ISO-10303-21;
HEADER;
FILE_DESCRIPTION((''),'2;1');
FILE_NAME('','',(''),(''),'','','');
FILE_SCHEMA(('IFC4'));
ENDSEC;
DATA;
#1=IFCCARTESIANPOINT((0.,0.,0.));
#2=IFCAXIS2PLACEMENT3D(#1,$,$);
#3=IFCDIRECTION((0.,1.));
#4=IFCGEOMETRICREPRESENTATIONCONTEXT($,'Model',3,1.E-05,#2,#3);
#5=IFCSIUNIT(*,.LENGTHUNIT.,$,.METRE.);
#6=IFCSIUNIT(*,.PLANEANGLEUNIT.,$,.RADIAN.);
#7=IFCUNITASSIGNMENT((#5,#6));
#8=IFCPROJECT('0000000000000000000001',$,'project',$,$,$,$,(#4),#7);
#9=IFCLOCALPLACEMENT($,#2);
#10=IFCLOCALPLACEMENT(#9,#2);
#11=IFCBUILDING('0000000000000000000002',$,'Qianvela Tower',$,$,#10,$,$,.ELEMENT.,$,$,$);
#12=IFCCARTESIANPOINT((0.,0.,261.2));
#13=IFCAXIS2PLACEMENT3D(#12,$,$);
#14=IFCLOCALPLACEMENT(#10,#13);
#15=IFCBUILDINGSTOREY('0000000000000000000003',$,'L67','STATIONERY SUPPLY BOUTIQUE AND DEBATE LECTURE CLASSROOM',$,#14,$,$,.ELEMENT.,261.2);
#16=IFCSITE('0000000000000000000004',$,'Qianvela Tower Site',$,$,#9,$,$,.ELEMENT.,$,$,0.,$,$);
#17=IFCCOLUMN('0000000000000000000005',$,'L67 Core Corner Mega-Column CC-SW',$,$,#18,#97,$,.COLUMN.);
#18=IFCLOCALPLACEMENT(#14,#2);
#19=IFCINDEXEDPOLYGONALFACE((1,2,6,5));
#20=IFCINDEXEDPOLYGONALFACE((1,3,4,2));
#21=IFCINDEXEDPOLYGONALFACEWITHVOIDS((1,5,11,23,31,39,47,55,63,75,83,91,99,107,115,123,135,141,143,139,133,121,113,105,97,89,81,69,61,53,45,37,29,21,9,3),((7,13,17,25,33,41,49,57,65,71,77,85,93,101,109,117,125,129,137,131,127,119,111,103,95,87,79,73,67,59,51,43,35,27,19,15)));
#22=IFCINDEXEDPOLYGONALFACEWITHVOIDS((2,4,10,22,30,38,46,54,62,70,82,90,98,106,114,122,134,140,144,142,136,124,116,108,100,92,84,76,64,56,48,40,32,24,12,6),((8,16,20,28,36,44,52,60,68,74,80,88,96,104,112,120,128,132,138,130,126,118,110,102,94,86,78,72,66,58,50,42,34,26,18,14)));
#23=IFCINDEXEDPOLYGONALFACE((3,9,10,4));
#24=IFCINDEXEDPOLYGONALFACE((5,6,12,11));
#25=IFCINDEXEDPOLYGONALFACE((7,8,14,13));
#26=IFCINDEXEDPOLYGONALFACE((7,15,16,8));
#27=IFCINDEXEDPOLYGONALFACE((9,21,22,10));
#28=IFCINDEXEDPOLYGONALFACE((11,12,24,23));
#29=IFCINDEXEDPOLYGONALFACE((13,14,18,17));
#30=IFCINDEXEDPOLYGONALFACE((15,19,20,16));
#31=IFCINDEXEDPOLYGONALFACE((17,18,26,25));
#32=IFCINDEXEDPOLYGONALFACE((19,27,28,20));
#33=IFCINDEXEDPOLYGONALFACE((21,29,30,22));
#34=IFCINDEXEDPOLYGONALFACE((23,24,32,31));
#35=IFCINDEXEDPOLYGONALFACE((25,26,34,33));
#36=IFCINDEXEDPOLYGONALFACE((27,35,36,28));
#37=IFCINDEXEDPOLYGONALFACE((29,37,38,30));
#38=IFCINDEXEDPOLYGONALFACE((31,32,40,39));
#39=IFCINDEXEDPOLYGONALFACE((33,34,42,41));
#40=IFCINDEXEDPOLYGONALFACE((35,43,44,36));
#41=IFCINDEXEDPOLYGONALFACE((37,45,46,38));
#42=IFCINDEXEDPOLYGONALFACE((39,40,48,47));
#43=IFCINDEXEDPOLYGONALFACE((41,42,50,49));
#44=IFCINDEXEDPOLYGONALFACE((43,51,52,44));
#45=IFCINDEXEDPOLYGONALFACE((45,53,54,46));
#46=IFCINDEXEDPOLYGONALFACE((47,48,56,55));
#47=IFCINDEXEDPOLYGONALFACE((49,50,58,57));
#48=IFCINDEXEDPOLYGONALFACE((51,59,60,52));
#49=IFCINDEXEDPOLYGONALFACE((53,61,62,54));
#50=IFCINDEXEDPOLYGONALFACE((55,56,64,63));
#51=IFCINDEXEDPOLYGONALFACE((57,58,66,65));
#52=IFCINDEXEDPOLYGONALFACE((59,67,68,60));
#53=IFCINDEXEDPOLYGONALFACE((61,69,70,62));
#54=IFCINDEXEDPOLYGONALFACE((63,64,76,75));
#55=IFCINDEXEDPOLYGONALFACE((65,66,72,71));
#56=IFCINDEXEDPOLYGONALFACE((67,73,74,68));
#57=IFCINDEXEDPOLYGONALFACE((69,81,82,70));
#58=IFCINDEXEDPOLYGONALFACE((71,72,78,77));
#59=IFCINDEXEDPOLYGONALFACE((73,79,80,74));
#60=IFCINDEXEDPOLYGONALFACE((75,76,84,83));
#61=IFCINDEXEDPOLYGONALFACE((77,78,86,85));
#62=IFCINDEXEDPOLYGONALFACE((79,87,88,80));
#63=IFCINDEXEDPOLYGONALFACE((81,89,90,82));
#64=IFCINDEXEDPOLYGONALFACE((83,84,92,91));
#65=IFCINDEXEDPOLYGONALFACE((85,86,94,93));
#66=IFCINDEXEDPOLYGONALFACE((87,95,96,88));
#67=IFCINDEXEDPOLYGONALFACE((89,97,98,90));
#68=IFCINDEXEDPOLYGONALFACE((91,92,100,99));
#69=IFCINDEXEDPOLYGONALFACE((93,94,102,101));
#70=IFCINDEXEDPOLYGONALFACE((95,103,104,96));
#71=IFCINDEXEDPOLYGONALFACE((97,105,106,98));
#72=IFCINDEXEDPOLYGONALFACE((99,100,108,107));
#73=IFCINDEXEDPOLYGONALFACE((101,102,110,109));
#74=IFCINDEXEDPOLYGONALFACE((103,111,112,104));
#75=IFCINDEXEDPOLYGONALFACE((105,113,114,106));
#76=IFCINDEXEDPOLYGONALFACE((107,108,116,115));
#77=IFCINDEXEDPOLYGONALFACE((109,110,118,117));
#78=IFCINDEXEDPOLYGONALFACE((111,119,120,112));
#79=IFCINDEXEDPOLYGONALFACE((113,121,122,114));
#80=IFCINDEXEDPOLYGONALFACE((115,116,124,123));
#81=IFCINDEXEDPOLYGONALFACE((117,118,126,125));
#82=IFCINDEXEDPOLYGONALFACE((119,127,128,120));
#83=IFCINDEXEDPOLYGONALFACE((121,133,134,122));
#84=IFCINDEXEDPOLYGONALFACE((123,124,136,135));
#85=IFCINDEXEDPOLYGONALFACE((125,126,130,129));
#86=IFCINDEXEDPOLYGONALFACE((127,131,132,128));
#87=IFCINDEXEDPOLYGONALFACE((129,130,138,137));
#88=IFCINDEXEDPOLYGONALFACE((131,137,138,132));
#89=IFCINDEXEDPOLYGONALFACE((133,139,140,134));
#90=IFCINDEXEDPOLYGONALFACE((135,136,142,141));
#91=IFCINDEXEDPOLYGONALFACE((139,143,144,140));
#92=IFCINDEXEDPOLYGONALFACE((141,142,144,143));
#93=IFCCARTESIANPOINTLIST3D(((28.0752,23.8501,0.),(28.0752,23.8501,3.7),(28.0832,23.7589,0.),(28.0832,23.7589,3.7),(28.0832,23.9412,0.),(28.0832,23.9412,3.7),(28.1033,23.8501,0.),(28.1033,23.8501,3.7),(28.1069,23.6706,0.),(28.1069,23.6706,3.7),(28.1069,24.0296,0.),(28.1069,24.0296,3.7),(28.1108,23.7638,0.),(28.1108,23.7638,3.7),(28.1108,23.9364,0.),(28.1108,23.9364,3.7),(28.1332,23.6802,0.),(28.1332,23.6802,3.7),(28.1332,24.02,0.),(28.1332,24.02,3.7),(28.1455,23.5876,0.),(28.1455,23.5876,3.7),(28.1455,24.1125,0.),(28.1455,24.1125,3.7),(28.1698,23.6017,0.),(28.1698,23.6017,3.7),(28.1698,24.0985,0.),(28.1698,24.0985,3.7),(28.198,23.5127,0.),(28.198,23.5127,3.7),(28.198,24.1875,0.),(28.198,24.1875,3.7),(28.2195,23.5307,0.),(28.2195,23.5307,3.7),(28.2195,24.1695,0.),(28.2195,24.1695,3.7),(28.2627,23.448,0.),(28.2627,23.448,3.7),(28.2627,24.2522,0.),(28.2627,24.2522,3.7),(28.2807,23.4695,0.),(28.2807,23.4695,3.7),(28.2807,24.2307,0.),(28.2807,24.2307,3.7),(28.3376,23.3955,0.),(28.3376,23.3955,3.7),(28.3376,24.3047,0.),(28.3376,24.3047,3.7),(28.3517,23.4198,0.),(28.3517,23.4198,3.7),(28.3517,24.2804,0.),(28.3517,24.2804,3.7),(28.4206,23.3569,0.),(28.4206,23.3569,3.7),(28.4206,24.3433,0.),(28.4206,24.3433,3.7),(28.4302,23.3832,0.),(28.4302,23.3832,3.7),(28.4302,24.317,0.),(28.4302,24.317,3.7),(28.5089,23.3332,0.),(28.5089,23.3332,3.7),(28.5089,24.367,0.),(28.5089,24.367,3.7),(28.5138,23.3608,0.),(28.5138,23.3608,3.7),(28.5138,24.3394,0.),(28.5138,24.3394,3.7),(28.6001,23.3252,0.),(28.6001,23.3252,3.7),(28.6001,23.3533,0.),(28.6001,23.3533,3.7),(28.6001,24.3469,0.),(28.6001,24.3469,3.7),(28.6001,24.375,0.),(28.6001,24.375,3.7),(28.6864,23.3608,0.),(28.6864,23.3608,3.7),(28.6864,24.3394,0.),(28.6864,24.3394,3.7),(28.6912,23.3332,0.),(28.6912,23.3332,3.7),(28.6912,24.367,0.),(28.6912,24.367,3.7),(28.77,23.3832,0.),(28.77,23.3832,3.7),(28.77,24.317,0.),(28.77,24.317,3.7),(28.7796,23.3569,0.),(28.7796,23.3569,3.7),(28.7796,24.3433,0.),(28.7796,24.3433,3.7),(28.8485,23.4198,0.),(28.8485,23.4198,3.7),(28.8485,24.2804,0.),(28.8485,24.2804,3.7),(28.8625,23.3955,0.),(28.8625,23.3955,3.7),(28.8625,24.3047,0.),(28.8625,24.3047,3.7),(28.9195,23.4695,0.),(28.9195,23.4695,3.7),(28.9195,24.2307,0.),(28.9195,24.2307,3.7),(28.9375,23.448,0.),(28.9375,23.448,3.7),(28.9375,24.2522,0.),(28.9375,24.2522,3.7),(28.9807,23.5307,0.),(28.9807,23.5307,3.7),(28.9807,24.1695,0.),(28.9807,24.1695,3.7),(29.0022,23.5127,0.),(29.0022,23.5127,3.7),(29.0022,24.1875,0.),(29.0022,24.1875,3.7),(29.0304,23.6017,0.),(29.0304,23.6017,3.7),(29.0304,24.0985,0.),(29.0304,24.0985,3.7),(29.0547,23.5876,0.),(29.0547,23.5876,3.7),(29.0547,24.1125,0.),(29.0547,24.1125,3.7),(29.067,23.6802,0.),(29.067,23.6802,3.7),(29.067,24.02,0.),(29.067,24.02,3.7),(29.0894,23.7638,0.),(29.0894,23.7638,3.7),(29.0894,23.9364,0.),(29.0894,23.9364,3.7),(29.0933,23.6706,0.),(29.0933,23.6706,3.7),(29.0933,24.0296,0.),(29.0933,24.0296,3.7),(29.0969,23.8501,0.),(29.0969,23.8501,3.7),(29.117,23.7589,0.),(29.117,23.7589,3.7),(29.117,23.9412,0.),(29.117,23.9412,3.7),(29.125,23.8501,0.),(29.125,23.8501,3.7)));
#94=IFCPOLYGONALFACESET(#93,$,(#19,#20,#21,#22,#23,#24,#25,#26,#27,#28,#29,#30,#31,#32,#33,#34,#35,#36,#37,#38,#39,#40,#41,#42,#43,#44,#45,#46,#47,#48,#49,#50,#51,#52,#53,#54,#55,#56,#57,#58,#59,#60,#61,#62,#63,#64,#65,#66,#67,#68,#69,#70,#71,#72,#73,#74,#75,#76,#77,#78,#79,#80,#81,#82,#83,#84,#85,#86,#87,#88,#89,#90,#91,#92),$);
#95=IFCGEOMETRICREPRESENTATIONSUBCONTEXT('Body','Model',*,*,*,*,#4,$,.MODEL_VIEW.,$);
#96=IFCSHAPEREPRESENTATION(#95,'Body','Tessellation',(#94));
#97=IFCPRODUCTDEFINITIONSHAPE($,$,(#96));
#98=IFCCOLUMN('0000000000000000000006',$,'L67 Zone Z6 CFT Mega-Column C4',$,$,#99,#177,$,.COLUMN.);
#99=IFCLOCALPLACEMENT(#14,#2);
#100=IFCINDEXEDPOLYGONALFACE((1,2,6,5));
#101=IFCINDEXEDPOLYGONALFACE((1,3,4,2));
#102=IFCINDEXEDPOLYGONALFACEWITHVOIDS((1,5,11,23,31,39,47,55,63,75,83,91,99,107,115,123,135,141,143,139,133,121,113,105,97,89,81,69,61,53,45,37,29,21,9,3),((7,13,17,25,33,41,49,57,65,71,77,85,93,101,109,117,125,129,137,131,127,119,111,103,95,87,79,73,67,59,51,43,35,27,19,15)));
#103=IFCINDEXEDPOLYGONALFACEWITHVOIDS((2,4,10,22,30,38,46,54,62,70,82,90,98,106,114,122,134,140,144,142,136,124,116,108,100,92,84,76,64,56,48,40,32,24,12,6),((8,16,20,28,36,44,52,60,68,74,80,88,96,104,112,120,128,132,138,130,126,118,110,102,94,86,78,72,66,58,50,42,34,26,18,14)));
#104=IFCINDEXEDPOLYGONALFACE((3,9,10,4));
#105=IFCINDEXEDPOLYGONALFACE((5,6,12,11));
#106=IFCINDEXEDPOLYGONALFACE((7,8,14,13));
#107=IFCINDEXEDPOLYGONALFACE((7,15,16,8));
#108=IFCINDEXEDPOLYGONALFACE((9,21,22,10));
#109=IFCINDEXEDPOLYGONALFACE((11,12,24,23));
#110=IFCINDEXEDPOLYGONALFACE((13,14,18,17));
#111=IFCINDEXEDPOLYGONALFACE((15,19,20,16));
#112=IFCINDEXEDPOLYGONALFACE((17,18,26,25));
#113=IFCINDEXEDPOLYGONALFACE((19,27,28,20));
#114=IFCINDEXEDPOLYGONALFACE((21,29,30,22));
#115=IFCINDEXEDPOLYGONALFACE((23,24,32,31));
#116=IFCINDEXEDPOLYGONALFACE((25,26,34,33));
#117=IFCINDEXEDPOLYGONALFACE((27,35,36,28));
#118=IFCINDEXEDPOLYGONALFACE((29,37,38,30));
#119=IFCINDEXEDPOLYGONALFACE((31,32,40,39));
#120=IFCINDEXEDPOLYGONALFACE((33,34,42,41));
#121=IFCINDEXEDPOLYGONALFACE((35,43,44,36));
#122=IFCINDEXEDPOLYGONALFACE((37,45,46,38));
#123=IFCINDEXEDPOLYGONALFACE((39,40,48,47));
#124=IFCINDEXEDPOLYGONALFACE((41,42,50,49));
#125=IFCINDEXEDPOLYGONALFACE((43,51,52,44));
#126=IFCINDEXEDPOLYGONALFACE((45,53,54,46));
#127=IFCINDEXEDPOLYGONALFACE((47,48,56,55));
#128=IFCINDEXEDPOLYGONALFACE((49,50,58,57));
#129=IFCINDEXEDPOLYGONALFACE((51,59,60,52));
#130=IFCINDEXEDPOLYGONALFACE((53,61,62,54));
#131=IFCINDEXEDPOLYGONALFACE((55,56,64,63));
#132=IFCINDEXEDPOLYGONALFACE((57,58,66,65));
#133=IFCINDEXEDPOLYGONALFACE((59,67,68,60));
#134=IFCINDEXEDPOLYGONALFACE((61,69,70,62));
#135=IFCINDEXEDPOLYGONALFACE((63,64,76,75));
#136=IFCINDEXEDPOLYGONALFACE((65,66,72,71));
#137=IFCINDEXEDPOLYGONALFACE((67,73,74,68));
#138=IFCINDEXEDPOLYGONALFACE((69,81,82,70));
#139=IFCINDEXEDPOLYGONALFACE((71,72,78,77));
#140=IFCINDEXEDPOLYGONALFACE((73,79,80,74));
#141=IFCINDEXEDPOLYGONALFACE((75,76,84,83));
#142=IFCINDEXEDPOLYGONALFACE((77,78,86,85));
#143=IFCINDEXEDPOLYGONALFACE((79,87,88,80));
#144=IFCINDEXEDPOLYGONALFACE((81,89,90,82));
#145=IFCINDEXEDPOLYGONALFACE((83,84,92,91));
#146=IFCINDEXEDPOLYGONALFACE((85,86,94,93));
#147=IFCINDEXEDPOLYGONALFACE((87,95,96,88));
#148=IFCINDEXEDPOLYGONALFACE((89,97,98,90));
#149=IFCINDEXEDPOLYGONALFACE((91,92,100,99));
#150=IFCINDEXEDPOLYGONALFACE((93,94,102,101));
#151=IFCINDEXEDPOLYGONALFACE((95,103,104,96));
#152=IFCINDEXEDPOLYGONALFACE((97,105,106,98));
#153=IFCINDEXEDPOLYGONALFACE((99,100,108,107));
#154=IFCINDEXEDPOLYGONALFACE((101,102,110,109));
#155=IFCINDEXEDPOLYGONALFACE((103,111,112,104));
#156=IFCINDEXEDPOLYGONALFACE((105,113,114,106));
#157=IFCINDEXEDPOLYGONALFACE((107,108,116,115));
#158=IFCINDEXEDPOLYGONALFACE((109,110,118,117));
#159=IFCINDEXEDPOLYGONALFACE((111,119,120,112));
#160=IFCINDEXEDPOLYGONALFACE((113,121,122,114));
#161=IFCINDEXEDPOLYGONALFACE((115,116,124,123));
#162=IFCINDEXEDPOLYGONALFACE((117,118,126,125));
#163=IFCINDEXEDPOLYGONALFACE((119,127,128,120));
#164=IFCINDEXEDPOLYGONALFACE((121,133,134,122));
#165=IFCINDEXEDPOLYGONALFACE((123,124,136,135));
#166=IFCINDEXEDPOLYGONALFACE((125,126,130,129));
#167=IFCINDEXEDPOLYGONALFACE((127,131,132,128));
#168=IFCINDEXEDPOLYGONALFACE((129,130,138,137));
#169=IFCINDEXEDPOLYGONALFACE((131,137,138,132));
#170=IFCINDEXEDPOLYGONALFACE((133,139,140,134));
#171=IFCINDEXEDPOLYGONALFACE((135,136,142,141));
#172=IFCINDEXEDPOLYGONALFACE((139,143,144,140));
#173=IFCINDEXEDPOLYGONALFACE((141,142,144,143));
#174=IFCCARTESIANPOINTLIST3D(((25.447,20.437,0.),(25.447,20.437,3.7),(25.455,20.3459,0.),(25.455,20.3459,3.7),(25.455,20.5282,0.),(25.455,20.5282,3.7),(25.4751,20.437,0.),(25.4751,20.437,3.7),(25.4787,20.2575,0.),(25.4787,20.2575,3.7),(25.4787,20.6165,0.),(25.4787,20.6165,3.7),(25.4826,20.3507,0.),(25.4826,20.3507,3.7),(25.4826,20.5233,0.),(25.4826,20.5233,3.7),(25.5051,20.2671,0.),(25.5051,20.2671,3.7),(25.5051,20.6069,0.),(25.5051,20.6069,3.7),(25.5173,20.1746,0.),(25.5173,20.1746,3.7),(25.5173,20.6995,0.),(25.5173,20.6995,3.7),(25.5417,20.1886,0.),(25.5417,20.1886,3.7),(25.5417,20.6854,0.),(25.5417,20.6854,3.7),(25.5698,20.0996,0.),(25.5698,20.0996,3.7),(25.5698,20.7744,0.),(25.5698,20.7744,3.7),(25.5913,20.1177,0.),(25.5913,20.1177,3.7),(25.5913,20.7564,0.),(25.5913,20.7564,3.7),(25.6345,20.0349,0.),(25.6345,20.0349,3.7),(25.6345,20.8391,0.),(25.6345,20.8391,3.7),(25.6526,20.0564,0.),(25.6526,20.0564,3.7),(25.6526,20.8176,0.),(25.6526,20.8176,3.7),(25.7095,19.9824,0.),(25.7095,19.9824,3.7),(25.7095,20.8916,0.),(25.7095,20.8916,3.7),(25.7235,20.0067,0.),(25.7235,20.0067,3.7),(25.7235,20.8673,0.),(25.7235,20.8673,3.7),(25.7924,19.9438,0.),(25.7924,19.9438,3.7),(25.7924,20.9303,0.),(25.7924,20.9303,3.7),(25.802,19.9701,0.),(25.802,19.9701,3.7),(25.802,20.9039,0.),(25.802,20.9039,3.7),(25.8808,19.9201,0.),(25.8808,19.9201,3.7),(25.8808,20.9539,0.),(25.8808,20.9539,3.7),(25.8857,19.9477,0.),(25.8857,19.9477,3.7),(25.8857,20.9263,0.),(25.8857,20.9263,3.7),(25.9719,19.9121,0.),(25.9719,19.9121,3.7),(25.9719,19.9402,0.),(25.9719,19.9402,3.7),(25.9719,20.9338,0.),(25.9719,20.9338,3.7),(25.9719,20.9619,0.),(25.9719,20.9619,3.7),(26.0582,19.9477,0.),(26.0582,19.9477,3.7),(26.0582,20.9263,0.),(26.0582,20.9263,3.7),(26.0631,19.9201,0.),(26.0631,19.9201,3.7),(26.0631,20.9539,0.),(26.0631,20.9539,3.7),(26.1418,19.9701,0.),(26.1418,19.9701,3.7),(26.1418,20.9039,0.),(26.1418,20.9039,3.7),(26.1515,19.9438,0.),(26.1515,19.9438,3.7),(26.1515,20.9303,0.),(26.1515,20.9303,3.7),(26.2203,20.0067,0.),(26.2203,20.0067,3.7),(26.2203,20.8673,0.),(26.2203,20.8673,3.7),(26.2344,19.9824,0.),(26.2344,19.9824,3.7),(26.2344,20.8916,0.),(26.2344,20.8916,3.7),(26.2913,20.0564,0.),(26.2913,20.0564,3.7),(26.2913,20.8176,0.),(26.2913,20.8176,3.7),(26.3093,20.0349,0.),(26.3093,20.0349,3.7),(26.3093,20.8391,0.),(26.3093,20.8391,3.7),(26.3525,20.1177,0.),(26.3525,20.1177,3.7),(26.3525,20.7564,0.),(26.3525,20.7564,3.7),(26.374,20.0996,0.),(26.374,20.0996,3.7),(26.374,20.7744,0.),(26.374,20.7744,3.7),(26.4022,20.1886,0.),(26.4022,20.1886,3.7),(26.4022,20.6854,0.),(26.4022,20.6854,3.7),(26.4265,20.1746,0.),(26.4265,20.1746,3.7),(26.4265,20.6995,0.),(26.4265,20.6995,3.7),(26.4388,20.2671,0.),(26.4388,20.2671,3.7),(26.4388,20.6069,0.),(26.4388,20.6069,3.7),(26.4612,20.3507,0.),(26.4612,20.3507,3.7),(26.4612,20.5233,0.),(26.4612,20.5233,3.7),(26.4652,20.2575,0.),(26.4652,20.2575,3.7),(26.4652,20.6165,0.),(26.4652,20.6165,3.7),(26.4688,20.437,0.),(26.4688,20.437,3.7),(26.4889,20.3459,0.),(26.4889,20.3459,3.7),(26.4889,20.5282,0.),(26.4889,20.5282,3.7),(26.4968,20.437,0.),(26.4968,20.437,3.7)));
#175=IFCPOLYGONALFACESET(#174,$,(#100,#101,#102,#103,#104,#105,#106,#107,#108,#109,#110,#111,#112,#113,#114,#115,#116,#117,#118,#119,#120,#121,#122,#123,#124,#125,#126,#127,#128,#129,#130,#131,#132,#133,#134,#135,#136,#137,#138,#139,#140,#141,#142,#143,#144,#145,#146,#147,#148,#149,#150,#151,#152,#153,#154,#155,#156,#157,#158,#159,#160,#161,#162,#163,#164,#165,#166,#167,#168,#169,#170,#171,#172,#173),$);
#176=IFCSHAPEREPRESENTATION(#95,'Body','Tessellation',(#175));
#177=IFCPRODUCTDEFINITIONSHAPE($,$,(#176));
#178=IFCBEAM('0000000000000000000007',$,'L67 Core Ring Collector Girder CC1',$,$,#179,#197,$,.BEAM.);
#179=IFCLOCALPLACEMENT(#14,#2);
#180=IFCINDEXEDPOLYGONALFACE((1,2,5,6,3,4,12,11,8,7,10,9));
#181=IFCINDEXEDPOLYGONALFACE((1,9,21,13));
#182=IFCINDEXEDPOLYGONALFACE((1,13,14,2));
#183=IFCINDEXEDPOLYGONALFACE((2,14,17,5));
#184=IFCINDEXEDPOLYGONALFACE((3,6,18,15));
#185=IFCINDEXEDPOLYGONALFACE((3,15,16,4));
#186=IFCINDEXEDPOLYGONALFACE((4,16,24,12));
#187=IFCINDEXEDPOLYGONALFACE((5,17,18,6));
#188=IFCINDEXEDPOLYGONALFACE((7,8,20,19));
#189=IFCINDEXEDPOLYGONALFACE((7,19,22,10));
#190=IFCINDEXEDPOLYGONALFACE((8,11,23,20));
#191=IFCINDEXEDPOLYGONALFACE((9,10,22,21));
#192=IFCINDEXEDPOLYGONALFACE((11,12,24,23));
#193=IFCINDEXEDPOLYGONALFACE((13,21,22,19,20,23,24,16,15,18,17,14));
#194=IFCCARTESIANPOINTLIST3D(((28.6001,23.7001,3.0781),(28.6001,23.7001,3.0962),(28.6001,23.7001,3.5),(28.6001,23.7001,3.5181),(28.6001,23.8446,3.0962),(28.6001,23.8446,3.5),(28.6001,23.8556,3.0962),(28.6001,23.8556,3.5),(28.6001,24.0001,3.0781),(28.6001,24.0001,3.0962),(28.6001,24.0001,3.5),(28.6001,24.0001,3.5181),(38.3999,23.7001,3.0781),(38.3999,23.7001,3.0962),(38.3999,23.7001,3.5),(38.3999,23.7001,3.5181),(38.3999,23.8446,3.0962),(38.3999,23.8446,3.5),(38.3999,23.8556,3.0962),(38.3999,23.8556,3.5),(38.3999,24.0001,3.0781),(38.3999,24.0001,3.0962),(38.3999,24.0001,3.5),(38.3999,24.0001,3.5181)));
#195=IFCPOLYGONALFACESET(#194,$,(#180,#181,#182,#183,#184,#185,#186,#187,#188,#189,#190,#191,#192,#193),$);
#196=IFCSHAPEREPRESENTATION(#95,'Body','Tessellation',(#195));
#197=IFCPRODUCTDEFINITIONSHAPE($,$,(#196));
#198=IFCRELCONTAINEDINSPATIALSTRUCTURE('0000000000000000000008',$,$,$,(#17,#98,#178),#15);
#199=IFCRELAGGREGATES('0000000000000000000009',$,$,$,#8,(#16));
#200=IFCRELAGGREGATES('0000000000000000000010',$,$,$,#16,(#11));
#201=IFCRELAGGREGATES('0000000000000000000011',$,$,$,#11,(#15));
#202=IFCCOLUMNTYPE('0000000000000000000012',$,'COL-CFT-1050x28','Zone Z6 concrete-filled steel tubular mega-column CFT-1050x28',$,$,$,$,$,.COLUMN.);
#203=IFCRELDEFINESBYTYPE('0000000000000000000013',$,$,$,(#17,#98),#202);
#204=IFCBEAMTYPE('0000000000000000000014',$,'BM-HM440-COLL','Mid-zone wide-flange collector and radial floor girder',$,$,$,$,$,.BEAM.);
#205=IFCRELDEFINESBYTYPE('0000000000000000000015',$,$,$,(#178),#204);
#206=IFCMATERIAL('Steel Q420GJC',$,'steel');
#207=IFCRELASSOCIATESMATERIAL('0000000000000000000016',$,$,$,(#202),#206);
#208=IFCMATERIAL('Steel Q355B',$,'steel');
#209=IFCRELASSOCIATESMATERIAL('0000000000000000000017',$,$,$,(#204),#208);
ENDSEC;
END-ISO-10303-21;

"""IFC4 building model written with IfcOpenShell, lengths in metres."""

from ifc_helpers import new_model, si_unit, direction, frame, origin, origin_2d, place, context, subcontext, project, spatial, hollow_circle, i_section, extrude, material, material_profile, profile_set, type_object, element, save


model = new_model("IFC4")

# Units and contexts
model_context = context("Model", 3, precision=1e-05, world=origin(), true_north=direction((0.0, 1.0)))
body_context = subcontext(model_context, "Body", "Model", "MODEL_VIEW")
ifc_project = project(units=[si_unit("LENGTHUNIT", "METRE"), si_unit("PLANEANGLEUNIT", "RADIAN")], contexts=[model_context])

# Site, building, storey
site_placement = place(None, origin())
site = spatial("IfcSite", under=ifc_project, at=site_placement, Name="Qianvela Tower Site", CompositionType="ELEMENT", RefElevation=0.0)
building_placement = place(site_placement, origin())
building = spatial("IfcBuilding", under=site, at=building_placement, Name="Qianvela Tower", CompositionType="ELEMENT")
storey_placement = place(building_placement, frame((0.0, 0.0, 261.2)))
storey = spatial("IfcBuildingStorey", under=building, at=storey_placement, Name="L67", Description="STATIONERY SUPPLY BOUTIQUE AND DEBATE LECTURE CLASSROOM", CompositionType="ELEMENT", Elevation=261.2)

# Columns
ifc_material_1 = material(Name="Steel Q420GJC", Category="steel")
ifc_material_profile_1 = material_profile(ifc_material_1, hollow_circle(Radius=0.5249, WallThickness=0.0281, at=origin_2d()), Name="CFT-1050x28")
ifc_profile_set_1 = profile_set([ifc_material_profile_1], Name="Steel Q420GJC")
column_type = type_object("IfcColumnType", Name="COL-CFT-1050x28", Description="Zone Z6 concrete-filled steel tubular mega-column CFT-1050x28", PredefinedType="COLUMN", material=ifc_profile_set_1)
for number, where, z_axis, x_axis, name in (
    (1, (28.6001, 23.8501, 0.0), (0.0, 0.0, 1.0), (1.0, 0.0, 0.0), "L67 Core Corner Mega-Column CC-SW"),
    (2, (25.9719, 20.437, 0.0), (0.0, 0.0, 1.0), (1.0, 0.0, 0.0), "L67 Zone Z6 CFT Mega-Column C4"),
):
    element("IfcColumn", number, at=place(storey_placement, frame(where, z_axis=z_axis, x_axis=x_axis)), inside=storey, type_object=column_type, Name=name, PredefinedType="COLUMN", context=body_context, shape_type="SweptSolid", body=[
        extrude(hollow_circle(Radius=0.5249, WallThickness=0.0281, at=origin_2d()), origin(), (0.0, 0.0, 1.0), 3.7),
    ])

# Beam
ifc_material_2 = material(Name="Steel Q355B", Category="steel")
ifc_material_profile_2 = material_profile(ifc_material_2, i_section(OverallWidth=0.3, OverallDepth=0.4399, WebThickness=0.011, FlangeThickness=0.0181, at=origin_2d()), Name="HM440x300x11x18")
ifc_profile_set_2 = profile_set([ifc_material_profile_2], Name="Steel Q355B")
beam_type_1 = type_object("IfcBeamType", Name="BM-HM440-COLL", Description="Mid-zone wide-flange collector and radial floor girder", PredefinedType="BEAM", material=ifc_profile_set_2)
beam_1_placement = place(storey_placement, frame((28.6001, 23.8501, 3.2981), z_axis=(1.0, 0.0, 0.0), x_axis=(0.0, 1.0, 0.0)))
element("IfcBeam", 3, at=beam_1_placement, inside=storey, type_object=beam_type_1, Name="L67 Core Ring Collector Girder CC1", PredefinedType="BEAM", context=body_context, shape_type="SweptSolid", body=[
    extrude(i_section(OverallWidth=0.3, OverallDepth=0.4399, WebThickness=0.011, FlangeThickness=0.0181, at=origin_2d()), origin(), (0.0, 0.0, 1.0), 9.7998),
])

save(model, "model.ifc")
